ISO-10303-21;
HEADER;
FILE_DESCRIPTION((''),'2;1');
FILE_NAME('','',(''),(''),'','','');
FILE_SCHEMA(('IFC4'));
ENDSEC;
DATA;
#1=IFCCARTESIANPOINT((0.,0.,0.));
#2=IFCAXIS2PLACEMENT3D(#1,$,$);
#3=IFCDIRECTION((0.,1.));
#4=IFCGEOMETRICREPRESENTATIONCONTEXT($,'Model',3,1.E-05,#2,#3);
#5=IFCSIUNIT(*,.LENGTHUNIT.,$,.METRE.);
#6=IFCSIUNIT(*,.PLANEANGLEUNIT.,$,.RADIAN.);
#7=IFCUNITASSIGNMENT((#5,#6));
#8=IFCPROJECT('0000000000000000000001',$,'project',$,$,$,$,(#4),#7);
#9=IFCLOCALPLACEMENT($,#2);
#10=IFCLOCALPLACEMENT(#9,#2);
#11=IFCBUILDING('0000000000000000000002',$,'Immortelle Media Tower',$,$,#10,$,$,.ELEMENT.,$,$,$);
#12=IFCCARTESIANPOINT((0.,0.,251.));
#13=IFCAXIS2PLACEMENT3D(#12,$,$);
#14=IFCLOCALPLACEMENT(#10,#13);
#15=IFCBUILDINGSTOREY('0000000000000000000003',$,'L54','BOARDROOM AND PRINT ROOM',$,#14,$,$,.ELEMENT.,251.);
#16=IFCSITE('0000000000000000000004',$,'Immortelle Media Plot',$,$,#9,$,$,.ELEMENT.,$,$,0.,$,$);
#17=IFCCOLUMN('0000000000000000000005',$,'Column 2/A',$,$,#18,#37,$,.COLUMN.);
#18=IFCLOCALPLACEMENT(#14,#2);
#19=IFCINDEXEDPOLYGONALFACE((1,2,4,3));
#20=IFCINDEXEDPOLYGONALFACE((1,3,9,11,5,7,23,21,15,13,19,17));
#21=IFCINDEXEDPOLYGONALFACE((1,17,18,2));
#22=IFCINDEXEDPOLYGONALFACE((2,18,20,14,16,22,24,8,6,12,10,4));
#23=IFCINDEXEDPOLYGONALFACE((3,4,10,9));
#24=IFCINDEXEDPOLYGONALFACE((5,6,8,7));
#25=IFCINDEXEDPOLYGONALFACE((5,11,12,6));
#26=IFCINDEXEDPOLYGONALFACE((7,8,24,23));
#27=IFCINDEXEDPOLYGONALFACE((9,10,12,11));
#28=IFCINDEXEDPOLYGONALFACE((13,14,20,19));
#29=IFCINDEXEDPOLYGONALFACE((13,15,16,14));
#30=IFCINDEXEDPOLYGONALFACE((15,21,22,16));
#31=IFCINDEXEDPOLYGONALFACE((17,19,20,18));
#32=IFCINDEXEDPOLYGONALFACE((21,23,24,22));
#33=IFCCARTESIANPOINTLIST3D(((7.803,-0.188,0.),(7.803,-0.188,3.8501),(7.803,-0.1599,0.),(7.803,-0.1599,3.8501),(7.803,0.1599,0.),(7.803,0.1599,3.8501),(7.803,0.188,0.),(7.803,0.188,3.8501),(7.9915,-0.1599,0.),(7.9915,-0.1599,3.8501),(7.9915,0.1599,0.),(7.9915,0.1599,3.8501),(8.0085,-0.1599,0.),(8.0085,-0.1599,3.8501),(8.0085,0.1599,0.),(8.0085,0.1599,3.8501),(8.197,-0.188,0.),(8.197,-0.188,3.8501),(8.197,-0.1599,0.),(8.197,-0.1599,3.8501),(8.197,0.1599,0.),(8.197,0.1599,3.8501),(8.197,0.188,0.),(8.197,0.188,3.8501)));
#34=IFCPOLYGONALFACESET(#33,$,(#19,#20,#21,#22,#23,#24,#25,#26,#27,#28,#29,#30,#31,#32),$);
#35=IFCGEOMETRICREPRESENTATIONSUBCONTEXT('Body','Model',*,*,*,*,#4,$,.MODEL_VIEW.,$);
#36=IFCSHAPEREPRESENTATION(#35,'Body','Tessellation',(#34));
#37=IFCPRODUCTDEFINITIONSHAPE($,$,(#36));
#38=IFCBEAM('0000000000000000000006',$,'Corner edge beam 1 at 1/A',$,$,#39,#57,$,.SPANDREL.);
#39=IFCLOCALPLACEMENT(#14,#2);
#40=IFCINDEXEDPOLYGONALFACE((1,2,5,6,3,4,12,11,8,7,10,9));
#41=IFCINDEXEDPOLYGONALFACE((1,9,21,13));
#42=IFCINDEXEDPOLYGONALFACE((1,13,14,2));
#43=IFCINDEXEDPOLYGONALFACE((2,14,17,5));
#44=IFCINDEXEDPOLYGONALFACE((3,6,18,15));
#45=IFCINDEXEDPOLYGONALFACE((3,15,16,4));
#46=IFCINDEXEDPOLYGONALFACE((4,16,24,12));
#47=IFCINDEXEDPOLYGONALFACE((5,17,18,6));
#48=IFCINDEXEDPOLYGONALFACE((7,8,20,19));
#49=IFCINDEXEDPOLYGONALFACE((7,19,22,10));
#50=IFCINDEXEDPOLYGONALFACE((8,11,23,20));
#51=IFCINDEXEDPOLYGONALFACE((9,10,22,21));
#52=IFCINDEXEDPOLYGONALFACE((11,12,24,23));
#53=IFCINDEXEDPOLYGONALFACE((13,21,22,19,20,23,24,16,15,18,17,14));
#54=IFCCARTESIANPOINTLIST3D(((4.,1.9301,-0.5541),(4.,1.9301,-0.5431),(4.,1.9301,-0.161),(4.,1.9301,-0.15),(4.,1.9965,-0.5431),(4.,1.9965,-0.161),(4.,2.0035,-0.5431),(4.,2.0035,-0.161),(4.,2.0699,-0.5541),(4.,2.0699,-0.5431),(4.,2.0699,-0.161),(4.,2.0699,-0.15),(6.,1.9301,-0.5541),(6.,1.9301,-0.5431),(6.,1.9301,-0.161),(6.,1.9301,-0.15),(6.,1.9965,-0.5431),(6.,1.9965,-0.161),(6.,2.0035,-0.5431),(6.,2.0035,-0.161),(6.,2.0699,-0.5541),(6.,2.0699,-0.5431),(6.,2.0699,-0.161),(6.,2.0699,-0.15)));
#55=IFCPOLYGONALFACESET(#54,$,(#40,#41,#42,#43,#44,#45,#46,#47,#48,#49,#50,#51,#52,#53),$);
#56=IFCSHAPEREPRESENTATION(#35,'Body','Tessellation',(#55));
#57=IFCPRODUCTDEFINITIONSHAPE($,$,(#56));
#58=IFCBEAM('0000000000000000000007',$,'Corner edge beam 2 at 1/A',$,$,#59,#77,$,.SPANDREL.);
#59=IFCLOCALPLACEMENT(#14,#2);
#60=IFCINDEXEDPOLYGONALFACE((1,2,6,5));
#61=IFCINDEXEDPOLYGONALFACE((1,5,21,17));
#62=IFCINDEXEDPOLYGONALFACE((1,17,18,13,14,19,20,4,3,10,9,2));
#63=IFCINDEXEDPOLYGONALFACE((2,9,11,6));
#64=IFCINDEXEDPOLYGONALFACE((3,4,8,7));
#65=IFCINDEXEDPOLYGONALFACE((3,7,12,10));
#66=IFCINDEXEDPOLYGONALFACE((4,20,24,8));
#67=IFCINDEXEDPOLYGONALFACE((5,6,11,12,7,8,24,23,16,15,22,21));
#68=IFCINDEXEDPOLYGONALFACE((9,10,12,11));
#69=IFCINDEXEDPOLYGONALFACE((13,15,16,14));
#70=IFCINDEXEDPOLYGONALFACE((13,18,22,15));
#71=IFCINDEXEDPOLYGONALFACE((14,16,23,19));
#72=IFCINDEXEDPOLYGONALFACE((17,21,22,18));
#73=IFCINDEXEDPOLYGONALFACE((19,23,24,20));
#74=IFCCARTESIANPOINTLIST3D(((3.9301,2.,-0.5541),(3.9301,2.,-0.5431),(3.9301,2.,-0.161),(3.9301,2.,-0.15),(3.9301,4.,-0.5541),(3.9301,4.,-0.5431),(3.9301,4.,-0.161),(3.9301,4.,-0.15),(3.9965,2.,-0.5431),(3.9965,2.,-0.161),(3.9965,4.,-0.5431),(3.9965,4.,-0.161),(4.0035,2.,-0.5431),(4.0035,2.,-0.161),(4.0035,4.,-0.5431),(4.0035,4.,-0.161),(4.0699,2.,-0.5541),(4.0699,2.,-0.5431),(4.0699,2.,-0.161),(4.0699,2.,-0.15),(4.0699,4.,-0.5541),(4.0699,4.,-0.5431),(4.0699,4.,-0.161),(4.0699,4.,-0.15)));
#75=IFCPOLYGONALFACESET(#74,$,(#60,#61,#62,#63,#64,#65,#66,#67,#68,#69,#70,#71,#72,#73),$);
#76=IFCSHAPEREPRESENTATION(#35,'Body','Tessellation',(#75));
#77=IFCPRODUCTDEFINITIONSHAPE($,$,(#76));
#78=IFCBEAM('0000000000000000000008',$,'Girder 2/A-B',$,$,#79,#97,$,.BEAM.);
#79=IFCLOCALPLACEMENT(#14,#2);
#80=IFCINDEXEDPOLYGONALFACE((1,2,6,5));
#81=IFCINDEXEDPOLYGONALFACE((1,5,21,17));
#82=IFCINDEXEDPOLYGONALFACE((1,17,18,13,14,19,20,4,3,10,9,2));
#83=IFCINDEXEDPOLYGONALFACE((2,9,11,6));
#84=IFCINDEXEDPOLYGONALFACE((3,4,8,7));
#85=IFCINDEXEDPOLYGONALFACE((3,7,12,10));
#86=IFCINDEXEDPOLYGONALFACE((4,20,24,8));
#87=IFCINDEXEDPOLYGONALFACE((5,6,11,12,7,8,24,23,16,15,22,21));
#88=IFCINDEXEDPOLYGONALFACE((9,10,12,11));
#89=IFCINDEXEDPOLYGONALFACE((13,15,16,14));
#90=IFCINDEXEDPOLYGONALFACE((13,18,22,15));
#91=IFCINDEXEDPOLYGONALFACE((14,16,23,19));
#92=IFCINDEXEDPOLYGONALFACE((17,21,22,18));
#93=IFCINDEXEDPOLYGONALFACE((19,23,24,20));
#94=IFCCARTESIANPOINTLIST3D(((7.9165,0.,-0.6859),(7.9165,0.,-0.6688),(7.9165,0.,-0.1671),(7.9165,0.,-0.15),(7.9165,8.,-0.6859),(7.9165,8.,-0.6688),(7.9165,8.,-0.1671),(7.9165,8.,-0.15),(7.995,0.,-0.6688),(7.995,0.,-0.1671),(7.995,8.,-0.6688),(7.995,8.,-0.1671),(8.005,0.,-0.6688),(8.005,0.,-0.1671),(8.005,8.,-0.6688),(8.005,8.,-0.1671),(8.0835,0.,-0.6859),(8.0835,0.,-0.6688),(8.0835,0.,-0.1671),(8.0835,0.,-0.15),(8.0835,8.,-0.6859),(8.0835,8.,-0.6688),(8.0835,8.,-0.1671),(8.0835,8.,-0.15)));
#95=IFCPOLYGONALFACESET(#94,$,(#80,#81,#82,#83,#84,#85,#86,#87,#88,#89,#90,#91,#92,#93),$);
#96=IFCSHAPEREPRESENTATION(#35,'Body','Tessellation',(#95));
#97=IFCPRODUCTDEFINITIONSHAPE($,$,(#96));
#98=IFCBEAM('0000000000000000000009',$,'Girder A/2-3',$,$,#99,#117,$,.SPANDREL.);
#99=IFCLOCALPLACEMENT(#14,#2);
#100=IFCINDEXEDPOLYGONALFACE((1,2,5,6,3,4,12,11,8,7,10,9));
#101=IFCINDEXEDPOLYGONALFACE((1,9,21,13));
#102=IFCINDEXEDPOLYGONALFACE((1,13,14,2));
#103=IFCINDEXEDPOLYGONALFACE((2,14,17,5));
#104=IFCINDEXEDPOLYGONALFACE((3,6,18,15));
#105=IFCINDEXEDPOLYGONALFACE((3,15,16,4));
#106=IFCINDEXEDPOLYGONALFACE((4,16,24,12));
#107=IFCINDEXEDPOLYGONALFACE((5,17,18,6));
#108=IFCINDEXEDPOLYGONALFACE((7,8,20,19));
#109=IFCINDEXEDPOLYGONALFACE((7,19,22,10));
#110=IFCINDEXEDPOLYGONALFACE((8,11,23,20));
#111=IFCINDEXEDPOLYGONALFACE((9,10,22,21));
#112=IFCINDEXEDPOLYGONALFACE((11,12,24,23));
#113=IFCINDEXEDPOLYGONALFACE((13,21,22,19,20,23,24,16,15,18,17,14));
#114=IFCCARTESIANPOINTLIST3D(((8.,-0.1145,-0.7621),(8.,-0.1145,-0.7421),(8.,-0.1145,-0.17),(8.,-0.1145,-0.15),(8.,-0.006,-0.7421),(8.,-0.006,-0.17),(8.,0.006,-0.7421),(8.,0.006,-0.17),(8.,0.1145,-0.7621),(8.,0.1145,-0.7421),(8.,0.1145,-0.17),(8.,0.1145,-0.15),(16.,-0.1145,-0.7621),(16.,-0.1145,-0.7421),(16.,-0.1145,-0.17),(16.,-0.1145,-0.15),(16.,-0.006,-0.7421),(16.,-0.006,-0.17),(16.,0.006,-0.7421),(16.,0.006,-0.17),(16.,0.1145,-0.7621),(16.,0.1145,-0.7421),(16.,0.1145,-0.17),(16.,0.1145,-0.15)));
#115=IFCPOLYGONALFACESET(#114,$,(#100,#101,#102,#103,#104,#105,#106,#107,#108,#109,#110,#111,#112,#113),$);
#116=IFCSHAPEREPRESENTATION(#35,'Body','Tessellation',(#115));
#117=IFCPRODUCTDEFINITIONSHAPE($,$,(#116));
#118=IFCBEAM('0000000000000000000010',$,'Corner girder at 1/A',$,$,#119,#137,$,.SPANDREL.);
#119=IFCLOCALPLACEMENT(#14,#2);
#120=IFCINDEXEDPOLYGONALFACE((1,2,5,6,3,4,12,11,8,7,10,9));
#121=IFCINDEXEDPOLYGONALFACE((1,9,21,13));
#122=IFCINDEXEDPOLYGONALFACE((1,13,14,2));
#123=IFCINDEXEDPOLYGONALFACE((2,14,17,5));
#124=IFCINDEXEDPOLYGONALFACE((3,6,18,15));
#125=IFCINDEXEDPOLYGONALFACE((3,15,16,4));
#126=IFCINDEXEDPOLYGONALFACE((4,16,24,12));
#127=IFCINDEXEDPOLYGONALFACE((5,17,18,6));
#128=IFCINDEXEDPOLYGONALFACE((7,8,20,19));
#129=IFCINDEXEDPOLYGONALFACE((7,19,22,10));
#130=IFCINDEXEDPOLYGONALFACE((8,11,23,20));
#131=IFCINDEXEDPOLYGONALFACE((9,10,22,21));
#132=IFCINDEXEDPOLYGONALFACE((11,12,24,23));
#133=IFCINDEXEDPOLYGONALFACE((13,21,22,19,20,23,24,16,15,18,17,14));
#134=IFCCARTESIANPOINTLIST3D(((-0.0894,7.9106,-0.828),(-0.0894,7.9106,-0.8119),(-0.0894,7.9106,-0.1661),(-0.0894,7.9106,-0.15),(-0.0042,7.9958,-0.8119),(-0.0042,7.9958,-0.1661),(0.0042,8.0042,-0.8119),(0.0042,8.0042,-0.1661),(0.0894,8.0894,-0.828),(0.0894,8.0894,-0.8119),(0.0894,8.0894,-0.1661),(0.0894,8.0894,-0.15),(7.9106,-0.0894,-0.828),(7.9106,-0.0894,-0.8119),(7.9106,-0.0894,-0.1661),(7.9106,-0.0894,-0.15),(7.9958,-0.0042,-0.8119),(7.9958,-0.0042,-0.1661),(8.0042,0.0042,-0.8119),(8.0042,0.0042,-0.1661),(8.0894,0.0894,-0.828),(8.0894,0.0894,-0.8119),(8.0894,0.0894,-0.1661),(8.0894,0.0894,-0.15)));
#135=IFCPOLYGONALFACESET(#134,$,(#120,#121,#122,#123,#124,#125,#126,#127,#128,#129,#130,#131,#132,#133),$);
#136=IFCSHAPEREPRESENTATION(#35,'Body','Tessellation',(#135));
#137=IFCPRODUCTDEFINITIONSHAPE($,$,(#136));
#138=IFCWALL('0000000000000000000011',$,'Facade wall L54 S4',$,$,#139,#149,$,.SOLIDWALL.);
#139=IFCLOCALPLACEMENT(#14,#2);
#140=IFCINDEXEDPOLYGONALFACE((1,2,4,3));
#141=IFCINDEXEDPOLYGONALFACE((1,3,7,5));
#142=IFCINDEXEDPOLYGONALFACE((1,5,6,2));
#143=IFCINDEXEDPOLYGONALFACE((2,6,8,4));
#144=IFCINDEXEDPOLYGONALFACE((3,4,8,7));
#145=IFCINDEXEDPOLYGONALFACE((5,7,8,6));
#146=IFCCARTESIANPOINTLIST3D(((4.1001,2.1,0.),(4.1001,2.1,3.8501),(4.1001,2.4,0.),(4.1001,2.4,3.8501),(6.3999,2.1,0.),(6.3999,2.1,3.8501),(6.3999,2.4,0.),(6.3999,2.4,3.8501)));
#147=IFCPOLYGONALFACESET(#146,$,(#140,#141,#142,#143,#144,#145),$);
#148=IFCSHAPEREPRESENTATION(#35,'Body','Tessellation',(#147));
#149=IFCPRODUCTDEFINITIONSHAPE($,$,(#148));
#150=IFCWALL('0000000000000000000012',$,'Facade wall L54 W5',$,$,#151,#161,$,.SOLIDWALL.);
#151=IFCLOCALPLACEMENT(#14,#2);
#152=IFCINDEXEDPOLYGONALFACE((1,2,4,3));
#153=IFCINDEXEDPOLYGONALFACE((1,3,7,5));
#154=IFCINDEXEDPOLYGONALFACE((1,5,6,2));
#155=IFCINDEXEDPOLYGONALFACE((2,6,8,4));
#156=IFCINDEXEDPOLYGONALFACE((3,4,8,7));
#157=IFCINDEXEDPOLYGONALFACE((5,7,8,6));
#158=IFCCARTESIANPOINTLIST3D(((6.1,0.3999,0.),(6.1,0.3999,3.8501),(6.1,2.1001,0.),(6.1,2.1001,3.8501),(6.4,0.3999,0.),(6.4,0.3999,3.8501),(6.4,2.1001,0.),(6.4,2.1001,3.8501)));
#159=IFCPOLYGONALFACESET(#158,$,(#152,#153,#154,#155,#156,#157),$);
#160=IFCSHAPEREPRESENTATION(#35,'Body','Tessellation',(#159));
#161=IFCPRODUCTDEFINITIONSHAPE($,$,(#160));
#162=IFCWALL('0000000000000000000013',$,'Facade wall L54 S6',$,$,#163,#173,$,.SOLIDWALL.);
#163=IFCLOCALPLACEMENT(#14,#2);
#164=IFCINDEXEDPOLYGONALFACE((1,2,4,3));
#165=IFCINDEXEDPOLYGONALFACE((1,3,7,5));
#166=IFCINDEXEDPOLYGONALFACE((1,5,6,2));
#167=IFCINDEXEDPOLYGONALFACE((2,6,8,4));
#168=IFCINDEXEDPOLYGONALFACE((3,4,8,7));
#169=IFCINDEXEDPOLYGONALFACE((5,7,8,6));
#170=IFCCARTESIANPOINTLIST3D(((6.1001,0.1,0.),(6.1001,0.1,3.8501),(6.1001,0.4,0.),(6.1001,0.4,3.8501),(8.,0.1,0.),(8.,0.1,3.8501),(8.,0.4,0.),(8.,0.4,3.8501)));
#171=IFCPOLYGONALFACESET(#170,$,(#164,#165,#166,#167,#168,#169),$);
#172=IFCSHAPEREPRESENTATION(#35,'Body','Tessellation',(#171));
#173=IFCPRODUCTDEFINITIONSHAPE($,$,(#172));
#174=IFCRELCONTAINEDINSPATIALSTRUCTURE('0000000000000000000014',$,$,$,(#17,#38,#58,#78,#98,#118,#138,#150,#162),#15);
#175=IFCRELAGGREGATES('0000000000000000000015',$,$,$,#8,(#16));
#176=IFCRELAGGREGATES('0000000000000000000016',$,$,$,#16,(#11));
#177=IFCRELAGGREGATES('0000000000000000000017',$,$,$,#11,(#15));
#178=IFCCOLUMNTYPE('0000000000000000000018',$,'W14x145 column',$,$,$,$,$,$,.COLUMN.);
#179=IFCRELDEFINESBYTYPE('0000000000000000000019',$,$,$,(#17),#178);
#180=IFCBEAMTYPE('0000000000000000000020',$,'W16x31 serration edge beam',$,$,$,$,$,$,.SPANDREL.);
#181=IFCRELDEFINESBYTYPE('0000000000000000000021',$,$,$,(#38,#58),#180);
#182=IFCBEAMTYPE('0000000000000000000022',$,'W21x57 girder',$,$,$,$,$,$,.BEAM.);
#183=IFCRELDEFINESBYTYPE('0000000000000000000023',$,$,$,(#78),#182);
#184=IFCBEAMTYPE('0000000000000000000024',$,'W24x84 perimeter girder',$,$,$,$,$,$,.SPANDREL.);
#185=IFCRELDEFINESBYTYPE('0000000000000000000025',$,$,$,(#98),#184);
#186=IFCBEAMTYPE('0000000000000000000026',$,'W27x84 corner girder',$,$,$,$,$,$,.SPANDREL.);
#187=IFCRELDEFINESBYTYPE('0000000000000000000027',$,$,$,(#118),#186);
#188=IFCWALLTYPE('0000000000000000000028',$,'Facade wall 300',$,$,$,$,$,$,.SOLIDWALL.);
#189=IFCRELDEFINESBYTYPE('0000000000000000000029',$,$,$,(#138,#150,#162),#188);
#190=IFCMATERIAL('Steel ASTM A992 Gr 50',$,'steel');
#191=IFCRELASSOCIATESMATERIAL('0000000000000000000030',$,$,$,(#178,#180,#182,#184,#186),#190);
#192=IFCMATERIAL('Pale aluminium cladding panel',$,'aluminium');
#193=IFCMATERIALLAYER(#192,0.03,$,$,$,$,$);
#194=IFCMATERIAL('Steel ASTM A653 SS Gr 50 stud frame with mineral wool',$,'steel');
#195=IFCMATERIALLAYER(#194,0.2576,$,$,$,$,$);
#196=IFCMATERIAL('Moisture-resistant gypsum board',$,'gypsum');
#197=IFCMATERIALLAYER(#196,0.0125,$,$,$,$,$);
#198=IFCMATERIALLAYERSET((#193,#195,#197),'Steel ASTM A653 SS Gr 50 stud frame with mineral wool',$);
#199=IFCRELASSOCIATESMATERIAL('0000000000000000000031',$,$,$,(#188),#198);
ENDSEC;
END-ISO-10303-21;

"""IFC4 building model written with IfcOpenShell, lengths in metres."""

from ifc_helpers import new_model, si_unit, direction, frame, frame_2d, origin, origin_2d, place, context, subcontext, project, spatial, rectangle, i_section, extrude, material, layer, layer_set, material_profile, profile_set, type_object, element, save


model = new_model("IFC4")

# Units and contexts
model_context = context("Model", 3, precision=1e-05, world=origin(), true_north=direction((0.0, 1.0)))
body_context = subcontext(model_context, "Body", "Model", "MODEL_VIEW")
ifc_project = project(units=[si_unit("LENGTHUNIT", "METRE"), si_unit("PLANEANGLEUNIT", "RADIAN")], contexts=[model_context])

# Site, building, storey
site_placement = place(None, origin())
site = spatial("IfcSite", under=ifc_project, at=site_placement, Name="Immortelle Media Plot", CompositionType="ELEMENT", RefElevation=0.0)
building_placement = place(site_placement, origin())
building = spatial("IfcBuilding", under=site, at=building_placement, Name="Immortelle Media Tower", CompositionType="ELEMENT")
storey_placement = place(building_placement, frame((0.0, 0.0, 251.0)))
storey = spatial("IfcBuildingStorey", under=building, at=storey_placement, Name="L54", Description="BOARDROOM AND PRINT ROOM", CompositionType="ELEMENT", Elevation=251.0)

# Column
ifc_material_1 = material(Name="Steel ASTM A992 Gr 50", Category="steel")
ifc_material_profile_1 = material_profile(ifc_material_1, i_section(OverallWidth=0.394, OverallDepth=0.376, WebThickness=0.0171, FlangeThickness=0.0281, at=origin_2d()), Name="W14x145")
ifc_profile_set_1 = profile_set([ifc_material_profile_1], Name="Steel ASTM A992 Gr 50")
column_type = type_object("IfcColumnType", Name="W14x145 column", PredefinedType="COLUMN", material=ifc_profile_set_1)
column_placement = place(storey_placement, frame((8.0, 0.0, 0.0), z_axis=(0.0, 0.0, 1.0), x_axis=(1.0, 0.0, 0.0)))
element("IfcColumn", 1, at=column_placement, inside=storey, type_object=column_type, Name="Column 2/A", PredefinedType="COLUMN", context=body_context, shape_type="SweptSolid", body=[
    extrude(i_section(OverallWidth=0.394, OverallDepth=0.376, WebThickness=0.0171, FlangeThickness=0.0281, at=origin_2d()), origin(), (0.0, 0.0, 1.0), 3.8501),
])

# Beams
ifc_material_profile_2 = material_profile(ifc_material_1, i_section(OverallWidth=0.1399, OverallDepth=0.4041, WebThickness=0.0071, FlangeThickness=0.011, at=origin_2d()), Name="W16x31")
ifc_profile_set_2 = profile_set([ifc_material_profile_2], Name="Steel ASTM A992 Gr 50")
beam_type_1 = type_object("IfcBeamType", Name="W16x31 serration edge beam", PredefinedType="SPANDREL", material=ifc_profile_set_2)
for number, where, z_axis, x_axis, name in (
    (2, (6.0, 2.0, -0.3521), (-1.0, 0.0, 0.0), (0.0, -1.0, 0.0), "Corner edge beam 1 at 1/A"),
    (3, (4.0, 2.0, -0.3521), (0.0, 1.0, 0.0), (-1.0, 0.0, 0.0), "Corner edge beam 2 at 1/A"),
):
    element("IfcBeam", number, at=place(storey_placement, frame(where, z_axis=z_axis, x_axis=x_axis)), inside=storey, type_object=beam_type_1, Name=name, PredefinedType="SPANDREL", context=body_context, shape_type="SweptSolid", body=[
        extrude(i_section(OverallWidth=0.1399, OverallDepth=0.4041, WebThickness=0.0071, FlangeThickness=0.011, at=origin_2d()), origin(), (0.0, 0.0, 1.0), 2.0),
    ])
ifc_material_profile_3 = material_profile(ifc_material_1, i_section(OverallWidth=0.167, OverallDepth=0.5359, WebThickness=0.01, FlangeThickness=0.0171, at=origin_2d()), Name="W21x57")
ifc_profile_set_3 = profile_set([ifc_material_profile_3], Name="Steel ASTM A992 Gr 50")
beam_type_2 = type_object("IfcBeamType", Name="W21x57 girder", PredefinedType="BEAM", material=ifc_profile_set_3)
beam_1_placement = place(storey_placement, frame((8.0, 0.0, -0.418), z_axis=(0.0, 1.0, 0.0), x_axis=(-1.0, 0.0, 0.0)))
element("IfcBeam", 4, at=beam_1_placement, inside=storey, type_object=beam_type_2, Name="Girder 2/A-B", PredefinedType="BEAM", context=body_context, shape_type="SweptSolid", body=[
    extrude(i_section(OverallWidth=0.167, OverallDepth=0.5359, WebThickness=0.01, FlangeThickness=0.0171, at=origin_2d()), origin(), (0.0, 0.0, 1.0), 8.0),
])
ifc_material_profile_4 = material_profile(ifc_material_1, i_section(OverallWidth=0.229, OverallDepth=0.6121, WebThickness=0.012, FlangeThickness=0.02, at=origin_2d()), Name="W24x84")
ifc_profile_set_4 = profile_set([ifc_material_profile_4], Name="Steel ASTM A992 Gr 50")
beam_type_3 = type_object("IfcBeamType", Name="W24x84 perimeter girder", PredefinedType="SPANDREL", material=ifc_profile_set_4)
beam_2_placement = place(storey_placement, frame((8.0, 0.0, -0.4561), z_axis=(1.0, 0.0, 0.0), x_axis=(0.0, 1.0, 0.0)))
element("IfcBeam", 5, at=beam_2_placement, inside=storey, type_object=beam_type_3, Name="Girder A/2-3", PredefinedType="SPANDREL", context=body_context, shape_type="SweptSolid", body=[
    extrude(i_section(OverallWidth=0.229, OverallDepth=0.6121, WebThickness=0.012, FlangeThickness=0.02, at=origin_2d()), origin(), (0.0, 0.0, 1.0), 8.0),
])
ifc_material_profile_5 = material_profile(ifc_material_1, i_section(OverallWidth=0.2529, OverallDepth=0.678, WebThickness=0.012, FlangeThickness=0.0161, at=origin_2d()), Name="W27x84")
ifc_profile_set_5 = profile_set([ifc_material_profile_5], Name="Steel ASTM A992 Gr 50")
beam_type_4 = type_object("IfcBeamType", Name="W27x84 corner girder", PredefinedType="SPANDREL", material=ifc_profile_set_5)
beam_3_placement = place(storey_placement, frame((8.0, 0.0, -0.489), z_axis=(-0.707107, 0.707107, 0.0), x_axis=(-0.707107, -0.707107, 0.0)))
element("IfcBeam", 6, at=beam_3_placement, inside=storey, type_object=beam_type_4, Name="Corner girder at 1/A", PredefinedType="SPANDREL", context=body_context, shape_type="SweptSolid", body=[
    extrude(i_section(OverallWidth=0.2529, OverallDepth=0.678, WebThickness=0.012, FlangeThickness=0.0161, at=origin_2d()), origin(), (0.0, 0.0, 1.0), 11.3137),
])

# Walls
ifc_material_2 = material(Name="Pale aluminium cladding panel", Category="aluminium")
ifc_layer_1 = layer(ifc_material_2, 0.03)
ifc_material_3 = material(Name="Steel ASTM A653 SS Gr 50 stud frame with mineral wool", Category="steel")
ifc_layer_2 = layer(ifc_material_3, 0.2576)
ifc_material_4 = material(Name="Moisture-resistant gypsum board", Category="gypsum")
ifc_layer_3 = layer(ifc_material_4, 0.0125)
ifc_layer_set = layer_set([ifc_layer_1, ifc_layer_2, ifc_layer_3], Name="Steel ASTM A653 SS Gr 50 stud frame with mineral wool")
wall_type = type_object("IfcWallType", Name="Facade wall 300", PredefinedType="SOLIDWALL", material=ifc_layer_set)
wall_1_placement = place(storey_placement, frame((4.1001, 2.25, 0.0), z_axis=(0.0, 0.0, 1.0), x_axis=(1.0, 0.0, 0.0)))
element("IfcWall", 7, at=wall_1_placement, inside=storey, type_object=wall_type, Name="Facade wall L54 S4", PredefinedType="SOLIDWALL", context=body_context, shape_type="SweptSolid", body=[
    extrude(rectangle(XDim=2.2998, YDim=0.3, at=frame_2d((1.1499, 0.0))), origin(), (0.0, 0.0, 1.0), 3.8501),
])
wall_2_placement = place(storey_placement, frame((6.25, 2.1001, 0.0), z_axis=(0.0, 0.0, 1.0), x_axis=(0.0, -1.0, 0.0)))
element("IfcWall", 8, at=wall_2_placement, inside=storey, type_object=wall_type, Name="Facade wall L54 W5", PredefinedType="SOLIDWALL", context=body_context, shape_type="SweptSolid", body=[
    extrude(rectangle(XDim=1.7002, YDim=0.3, at=frame_2d((0.8501, 0.0))), origin(), (0.0, 0.0, 1.0), 3.8501),
])
wall_3_placement = place(storey_placement, frame((6.1001, 0.25, 0.0), z_axis=(0.0, 0.0, 1.0), x_axis=(1.0, 0.0, 0.0)))
element("IfcWall", 9, at=wall_3_placement, inside=storey, type_object=wall_type, Name="Facade wall L54 S6", PredefinedType="SOLIDWALL", context=body_context, shape_type="SweptSolid", body=[
    extrude(rectangle(XDim=1.8999, YDim=0.3, at=frame_2d((0.95, 0.0))), origin(), (0.0, 0.0, 1.0), 3.8501),
])

save(model, "model.ifc")
